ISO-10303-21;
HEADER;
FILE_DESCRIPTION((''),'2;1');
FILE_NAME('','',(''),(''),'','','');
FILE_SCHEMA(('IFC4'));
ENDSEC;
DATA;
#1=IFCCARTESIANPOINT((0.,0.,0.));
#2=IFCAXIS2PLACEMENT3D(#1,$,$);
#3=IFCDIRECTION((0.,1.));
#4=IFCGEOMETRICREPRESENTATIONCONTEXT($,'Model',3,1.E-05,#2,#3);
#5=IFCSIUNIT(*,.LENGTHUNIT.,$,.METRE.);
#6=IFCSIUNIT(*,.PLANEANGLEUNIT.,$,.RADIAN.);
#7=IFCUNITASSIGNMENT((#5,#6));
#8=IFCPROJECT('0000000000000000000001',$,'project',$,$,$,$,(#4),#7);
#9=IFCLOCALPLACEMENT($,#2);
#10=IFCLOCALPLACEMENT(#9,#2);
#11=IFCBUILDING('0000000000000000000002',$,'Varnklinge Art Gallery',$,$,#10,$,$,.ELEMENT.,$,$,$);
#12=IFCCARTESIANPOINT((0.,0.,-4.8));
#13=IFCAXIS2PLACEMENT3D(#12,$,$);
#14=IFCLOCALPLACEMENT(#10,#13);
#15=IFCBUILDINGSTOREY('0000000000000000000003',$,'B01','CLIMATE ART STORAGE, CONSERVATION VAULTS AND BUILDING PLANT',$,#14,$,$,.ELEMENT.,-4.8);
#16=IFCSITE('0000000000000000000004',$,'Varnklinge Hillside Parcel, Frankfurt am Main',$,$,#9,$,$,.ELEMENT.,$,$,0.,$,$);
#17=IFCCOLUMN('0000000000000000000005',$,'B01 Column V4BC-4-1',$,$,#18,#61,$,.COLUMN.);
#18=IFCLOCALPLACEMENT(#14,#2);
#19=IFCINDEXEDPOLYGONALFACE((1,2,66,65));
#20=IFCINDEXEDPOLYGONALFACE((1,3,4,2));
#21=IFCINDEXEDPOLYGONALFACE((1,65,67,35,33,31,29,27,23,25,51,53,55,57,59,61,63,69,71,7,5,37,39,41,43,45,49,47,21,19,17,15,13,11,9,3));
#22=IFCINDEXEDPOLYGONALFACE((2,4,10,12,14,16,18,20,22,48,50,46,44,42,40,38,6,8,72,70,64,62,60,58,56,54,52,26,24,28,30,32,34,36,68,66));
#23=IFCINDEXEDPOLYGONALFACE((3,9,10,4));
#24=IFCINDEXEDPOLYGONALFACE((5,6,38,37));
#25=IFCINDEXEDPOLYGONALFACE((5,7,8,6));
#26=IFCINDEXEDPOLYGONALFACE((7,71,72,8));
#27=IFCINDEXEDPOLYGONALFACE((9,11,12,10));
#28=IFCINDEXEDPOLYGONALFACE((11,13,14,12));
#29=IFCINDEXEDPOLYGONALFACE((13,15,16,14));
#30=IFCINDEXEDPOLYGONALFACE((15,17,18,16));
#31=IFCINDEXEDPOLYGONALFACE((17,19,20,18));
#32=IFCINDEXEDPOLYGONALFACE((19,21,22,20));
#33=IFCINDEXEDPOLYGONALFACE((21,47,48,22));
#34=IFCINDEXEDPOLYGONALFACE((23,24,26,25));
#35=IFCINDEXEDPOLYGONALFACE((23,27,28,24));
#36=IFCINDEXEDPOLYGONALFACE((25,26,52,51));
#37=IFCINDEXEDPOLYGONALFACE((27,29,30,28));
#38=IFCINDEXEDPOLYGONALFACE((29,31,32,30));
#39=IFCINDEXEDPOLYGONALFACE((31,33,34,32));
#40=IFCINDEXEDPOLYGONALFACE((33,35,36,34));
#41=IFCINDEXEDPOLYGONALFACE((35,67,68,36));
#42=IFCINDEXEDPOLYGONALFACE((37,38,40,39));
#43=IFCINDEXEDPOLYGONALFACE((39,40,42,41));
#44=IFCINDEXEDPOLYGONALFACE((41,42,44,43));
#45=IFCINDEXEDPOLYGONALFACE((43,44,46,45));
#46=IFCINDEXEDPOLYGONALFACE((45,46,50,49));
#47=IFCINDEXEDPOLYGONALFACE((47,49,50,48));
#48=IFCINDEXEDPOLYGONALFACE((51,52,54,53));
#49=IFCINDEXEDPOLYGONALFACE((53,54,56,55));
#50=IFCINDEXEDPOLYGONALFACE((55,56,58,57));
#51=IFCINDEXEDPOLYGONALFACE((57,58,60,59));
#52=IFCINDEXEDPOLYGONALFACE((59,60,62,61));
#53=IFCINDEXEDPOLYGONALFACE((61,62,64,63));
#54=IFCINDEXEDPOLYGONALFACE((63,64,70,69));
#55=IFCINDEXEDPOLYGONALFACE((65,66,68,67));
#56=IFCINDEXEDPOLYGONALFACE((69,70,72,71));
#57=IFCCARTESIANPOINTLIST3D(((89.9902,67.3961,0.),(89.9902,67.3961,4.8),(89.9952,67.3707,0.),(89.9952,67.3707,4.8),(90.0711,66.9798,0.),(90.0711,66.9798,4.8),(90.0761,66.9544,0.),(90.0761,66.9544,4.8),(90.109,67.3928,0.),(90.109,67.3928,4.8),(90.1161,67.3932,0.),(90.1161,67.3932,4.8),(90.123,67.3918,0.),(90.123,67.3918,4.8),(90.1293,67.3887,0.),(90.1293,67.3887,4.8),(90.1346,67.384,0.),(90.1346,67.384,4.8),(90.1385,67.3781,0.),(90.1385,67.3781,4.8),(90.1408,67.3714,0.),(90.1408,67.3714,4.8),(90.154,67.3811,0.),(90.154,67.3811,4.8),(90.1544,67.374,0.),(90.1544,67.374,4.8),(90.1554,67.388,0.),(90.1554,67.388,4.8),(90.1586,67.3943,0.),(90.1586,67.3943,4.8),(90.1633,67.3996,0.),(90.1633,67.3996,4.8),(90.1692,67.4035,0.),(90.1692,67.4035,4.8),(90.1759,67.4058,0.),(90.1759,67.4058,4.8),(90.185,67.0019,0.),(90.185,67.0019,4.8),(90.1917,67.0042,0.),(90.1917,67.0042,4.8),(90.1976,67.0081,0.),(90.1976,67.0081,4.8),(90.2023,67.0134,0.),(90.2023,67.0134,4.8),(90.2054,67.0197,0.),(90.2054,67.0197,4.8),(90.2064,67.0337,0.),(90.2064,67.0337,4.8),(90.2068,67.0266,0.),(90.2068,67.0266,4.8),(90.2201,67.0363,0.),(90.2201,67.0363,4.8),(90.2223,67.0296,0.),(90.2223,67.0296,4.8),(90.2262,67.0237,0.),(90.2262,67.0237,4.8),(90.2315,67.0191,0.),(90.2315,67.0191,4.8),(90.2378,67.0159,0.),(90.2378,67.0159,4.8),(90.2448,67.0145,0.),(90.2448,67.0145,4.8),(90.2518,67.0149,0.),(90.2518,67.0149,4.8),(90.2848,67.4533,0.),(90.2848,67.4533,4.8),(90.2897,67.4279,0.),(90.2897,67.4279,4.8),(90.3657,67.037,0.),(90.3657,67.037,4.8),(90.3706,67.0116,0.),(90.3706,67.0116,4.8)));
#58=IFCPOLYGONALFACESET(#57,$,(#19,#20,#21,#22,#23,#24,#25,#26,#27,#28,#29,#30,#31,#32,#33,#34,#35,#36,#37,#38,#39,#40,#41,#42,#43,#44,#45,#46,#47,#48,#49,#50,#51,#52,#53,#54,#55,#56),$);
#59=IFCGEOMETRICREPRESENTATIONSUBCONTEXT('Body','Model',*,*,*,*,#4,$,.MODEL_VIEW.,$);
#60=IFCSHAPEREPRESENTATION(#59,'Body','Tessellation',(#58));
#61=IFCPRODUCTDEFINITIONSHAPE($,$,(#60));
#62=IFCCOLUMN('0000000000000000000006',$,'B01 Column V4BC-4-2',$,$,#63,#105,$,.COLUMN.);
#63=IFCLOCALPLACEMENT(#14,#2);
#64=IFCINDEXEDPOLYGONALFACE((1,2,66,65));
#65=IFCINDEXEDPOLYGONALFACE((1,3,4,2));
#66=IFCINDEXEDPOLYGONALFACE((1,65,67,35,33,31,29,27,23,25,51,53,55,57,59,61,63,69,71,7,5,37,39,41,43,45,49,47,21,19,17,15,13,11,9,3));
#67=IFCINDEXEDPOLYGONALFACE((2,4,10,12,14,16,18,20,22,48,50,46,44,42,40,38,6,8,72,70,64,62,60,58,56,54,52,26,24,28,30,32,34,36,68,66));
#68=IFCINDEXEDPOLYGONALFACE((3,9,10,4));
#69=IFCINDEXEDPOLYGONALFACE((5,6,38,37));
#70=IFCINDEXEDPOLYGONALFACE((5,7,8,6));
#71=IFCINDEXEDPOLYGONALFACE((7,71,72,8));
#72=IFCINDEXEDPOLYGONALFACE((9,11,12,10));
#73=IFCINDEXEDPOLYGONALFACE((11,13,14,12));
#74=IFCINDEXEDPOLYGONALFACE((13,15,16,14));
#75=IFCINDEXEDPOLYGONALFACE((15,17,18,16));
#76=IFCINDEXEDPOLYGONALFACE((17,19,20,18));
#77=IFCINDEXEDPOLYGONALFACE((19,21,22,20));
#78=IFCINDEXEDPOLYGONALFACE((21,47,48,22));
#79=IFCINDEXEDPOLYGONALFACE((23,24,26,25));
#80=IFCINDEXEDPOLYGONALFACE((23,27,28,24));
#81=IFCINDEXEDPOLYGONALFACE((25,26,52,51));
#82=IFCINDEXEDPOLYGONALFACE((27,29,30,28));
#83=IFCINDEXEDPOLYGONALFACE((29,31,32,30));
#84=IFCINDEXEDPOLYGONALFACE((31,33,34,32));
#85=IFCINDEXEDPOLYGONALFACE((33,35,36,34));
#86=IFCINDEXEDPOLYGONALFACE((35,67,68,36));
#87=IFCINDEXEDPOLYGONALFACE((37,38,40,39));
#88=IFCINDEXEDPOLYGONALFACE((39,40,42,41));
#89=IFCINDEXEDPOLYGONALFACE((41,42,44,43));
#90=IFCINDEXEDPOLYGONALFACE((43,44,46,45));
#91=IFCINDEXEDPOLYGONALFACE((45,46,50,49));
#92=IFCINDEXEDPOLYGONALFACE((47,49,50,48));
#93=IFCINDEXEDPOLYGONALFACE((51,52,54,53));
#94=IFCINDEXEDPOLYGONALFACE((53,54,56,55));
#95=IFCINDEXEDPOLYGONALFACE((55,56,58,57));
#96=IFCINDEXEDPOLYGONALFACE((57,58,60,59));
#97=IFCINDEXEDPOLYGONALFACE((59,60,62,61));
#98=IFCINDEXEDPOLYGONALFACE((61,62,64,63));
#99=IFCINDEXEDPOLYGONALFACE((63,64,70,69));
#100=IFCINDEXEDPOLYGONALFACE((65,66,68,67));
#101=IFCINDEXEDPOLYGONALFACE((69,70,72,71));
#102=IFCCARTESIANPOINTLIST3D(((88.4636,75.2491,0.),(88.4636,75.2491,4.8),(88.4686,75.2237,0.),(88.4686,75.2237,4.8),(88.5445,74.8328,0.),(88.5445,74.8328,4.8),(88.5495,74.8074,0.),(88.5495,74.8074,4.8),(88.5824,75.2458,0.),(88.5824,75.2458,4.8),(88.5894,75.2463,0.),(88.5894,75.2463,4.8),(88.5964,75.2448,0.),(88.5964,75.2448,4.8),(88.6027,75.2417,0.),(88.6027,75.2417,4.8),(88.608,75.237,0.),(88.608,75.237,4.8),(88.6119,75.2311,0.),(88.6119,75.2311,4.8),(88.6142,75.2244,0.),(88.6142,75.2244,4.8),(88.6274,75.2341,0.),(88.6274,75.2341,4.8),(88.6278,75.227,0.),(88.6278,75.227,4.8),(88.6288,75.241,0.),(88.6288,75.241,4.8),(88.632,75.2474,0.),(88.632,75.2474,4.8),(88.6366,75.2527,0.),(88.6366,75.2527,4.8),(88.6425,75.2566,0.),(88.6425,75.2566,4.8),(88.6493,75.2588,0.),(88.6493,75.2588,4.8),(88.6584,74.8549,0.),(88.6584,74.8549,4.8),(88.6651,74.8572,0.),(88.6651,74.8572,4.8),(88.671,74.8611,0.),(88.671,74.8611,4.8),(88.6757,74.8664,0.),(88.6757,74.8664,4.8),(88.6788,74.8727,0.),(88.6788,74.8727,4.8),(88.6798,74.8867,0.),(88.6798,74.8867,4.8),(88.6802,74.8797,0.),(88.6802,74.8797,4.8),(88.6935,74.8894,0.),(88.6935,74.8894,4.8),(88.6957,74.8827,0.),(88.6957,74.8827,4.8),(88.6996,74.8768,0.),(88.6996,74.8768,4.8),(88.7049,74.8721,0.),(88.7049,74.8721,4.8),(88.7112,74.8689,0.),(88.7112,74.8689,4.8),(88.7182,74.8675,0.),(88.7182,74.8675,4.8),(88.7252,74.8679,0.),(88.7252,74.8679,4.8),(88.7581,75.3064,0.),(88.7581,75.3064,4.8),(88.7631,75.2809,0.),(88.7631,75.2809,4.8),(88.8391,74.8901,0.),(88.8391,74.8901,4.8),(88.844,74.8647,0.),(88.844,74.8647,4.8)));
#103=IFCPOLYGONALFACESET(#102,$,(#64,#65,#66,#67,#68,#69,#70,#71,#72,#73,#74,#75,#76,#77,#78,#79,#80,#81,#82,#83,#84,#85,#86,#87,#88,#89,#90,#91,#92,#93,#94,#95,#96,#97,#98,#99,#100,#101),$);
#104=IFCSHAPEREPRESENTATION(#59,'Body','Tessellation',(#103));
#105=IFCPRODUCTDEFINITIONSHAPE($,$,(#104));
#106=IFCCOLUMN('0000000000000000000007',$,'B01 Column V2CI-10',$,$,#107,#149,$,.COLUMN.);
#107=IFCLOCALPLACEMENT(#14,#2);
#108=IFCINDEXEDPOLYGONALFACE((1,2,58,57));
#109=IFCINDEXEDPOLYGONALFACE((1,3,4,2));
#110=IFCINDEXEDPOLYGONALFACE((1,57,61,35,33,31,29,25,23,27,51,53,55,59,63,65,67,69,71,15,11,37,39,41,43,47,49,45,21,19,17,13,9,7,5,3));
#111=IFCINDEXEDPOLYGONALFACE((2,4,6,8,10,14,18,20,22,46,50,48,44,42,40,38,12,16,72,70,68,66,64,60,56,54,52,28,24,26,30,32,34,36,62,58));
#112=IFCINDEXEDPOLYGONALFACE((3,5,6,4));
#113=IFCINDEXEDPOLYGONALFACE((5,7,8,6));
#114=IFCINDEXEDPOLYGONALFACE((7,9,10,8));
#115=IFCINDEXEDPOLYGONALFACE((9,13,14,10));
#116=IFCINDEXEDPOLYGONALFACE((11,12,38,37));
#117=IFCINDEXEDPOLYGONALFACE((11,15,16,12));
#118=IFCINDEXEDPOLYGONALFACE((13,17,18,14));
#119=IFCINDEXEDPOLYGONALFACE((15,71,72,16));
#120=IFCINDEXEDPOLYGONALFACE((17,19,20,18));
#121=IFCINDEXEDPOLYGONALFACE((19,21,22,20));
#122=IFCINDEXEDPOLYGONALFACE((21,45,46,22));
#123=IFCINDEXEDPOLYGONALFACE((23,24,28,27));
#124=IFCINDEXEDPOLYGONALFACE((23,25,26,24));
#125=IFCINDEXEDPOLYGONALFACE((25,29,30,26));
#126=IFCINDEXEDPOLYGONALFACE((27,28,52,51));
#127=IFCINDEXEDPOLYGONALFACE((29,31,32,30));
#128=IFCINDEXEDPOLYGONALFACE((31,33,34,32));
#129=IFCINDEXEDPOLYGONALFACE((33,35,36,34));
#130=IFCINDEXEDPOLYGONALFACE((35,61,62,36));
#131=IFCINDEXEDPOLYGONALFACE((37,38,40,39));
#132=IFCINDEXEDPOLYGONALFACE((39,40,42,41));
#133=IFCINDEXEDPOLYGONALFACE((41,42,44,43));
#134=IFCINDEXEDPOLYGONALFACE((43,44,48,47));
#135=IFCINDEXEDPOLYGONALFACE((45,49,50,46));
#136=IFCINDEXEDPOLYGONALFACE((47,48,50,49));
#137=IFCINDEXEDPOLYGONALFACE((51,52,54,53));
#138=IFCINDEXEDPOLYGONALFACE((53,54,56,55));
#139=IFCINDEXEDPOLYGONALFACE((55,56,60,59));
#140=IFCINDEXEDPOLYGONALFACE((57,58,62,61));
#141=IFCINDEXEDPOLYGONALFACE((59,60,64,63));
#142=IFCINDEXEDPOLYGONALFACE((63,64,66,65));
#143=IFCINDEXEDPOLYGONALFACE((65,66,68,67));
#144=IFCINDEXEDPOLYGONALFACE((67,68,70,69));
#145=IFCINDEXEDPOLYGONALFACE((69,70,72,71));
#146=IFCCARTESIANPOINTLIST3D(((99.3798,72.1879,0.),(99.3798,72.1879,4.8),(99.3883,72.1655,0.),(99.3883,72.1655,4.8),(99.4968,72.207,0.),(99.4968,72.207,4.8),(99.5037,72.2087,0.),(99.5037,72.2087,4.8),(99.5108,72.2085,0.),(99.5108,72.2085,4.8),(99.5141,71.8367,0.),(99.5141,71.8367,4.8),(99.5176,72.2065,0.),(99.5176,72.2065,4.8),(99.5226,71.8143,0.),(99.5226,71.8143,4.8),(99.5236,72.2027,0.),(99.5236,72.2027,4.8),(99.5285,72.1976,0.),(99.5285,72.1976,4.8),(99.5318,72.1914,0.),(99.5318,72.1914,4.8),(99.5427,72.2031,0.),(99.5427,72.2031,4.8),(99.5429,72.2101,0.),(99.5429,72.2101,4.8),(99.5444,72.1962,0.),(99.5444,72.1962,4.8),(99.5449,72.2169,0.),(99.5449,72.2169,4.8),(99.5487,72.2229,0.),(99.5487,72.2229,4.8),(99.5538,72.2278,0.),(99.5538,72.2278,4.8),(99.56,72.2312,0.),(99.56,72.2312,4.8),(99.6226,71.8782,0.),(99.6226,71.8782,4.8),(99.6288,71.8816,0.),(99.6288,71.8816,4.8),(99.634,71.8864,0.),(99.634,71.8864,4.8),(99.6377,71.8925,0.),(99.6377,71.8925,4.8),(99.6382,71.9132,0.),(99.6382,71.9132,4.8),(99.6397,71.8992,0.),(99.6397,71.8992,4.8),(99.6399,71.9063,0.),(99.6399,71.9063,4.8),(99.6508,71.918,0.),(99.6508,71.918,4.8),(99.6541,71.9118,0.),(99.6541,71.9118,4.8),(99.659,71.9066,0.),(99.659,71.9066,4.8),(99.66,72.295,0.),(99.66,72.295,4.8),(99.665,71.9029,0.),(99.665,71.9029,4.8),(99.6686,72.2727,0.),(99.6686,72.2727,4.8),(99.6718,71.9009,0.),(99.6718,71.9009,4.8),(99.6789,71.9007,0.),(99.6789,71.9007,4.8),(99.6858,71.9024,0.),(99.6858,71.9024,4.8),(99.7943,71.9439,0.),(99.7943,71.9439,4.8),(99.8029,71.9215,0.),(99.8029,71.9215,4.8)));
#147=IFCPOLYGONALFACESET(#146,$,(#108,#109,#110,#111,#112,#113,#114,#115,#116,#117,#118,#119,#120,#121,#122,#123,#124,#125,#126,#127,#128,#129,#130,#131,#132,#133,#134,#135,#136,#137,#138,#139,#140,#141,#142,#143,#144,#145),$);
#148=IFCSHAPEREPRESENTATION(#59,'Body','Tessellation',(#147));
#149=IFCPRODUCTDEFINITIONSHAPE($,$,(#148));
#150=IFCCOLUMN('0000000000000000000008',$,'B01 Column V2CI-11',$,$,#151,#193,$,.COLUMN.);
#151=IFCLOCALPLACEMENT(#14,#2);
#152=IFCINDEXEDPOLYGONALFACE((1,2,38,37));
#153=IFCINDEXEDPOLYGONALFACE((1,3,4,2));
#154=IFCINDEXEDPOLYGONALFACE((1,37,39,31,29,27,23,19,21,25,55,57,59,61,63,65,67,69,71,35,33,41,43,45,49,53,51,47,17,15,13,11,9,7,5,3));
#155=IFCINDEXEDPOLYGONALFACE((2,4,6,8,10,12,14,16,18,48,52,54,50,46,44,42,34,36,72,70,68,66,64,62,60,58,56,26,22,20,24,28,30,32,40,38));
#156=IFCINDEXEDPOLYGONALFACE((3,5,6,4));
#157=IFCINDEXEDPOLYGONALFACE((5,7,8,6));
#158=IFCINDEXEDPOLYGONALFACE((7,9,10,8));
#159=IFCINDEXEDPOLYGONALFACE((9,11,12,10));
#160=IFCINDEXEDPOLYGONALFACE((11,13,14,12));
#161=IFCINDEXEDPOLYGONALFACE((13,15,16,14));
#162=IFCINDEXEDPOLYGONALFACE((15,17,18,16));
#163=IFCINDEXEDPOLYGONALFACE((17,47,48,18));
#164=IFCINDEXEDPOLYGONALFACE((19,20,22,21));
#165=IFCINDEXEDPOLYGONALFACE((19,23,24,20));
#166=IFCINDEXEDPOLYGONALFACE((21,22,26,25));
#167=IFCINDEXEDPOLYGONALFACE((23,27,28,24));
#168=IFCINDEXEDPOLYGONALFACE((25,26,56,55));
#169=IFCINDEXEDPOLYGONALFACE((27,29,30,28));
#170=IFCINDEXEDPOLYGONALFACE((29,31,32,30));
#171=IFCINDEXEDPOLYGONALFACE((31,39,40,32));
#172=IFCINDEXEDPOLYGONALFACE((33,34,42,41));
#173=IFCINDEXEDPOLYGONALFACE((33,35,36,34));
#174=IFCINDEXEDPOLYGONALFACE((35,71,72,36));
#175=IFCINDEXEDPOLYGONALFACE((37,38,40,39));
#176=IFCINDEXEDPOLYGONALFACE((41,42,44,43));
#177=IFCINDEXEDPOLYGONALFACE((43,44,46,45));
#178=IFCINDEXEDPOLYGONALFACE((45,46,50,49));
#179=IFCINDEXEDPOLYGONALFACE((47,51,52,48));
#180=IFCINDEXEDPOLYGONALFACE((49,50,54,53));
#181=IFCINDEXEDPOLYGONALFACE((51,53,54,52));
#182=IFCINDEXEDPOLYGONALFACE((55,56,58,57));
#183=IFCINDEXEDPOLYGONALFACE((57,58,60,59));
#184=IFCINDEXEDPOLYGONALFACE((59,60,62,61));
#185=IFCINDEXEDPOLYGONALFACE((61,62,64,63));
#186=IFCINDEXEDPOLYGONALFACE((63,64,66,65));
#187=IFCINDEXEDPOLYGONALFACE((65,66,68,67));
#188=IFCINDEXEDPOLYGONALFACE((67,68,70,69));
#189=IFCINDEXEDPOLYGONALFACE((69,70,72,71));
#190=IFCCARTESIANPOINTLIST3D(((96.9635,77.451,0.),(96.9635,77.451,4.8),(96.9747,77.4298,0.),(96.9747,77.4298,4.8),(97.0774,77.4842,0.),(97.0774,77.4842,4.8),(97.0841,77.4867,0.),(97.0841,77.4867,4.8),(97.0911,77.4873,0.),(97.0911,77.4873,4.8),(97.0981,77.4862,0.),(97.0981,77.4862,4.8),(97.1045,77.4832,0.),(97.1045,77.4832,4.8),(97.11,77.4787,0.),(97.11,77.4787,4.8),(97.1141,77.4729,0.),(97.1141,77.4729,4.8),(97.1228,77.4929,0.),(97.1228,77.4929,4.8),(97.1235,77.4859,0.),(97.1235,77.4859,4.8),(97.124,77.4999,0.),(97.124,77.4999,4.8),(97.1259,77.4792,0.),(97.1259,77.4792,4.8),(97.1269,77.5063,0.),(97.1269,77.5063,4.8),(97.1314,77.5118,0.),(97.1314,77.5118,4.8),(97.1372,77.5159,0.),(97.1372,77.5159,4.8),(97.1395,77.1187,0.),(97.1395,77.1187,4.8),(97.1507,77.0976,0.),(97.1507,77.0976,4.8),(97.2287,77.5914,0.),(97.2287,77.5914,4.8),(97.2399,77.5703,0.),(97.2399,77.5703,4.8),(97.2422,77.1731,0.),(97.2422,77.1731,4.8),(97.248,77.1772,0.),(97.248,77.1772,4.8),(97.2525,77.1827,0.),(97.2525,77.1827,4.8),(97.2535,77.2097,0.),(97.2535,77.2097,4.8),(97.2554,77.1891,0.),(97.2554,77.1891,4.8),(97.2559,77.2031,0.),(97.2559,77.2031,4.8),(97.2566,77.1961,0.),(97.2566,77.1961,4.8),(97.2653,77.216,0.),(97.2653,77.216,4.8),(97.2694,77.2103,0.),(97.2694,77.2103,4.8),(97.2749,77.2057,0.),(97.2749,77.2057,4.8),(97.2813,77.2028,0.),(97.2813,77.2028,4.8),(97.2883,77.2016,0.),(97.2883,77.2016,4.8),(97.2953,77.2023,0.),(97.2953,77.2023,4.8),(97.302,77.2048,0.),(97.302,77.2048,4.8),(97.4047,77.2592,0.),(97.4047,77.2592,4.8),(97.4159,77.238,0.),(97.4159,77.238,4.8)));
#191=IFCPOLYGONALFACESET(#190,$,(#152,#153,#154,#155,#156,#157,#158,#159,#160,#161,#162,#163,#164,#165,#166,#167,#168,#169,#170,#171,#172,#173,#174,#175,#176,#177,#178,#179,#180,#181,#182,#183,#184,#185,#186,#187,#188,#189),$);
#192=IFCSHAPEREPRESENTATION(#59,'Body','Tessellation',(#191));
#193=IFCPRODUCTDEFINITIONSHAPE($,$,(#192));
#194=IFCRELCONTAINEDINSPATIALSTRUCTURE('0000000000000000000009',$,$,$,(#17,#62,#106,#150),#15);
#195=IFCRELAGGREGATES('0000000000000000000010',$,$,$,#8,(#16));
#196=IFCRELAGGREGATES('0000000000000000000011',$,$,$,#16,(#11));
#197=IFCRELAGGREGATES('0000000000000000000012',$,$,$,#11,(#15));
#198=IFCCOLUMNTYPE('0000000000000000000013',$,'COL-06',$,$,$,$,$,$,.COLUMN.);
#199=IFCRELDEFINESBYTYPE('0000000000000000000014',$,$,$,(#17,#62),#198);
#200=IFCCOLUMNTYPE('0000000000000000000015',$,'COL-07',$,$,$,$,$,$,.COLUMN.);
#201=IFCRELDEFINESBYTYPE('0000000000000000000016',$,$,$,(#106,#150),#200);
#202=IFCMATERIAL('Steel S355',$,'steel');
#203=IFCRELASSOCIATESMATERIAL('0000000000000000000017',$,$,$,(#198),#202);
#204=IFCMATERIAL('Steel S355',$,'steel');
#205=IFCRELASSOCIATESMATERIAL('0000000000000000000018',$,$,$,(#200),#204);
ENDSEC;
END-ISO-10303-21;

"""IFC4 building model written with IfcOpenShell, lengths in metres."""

from ifc_helpers import new_model, si_unit, direction, frame, origin, origin_2d, place, context, subcontext, project, spatial, i_section, extrude, material, material_profile, profile_set, type_object, element, save


model = new_model("IFC4")

# Units and contexts
model_context = context("Model", 3, precision=1e-05, world=origin(), true_north=direction((0.0, 1.0)))
body_context = subcontext(model_context, "Body", "Model", "MODEL_VIEW")
ifc_project = project(units=[si_unit("LENGTHUNIT", "METRE"), si_unit("PLANEANGLEUNIT", "RADIAN")], contexts=[model_context])

# Site, building, storey
site_placement = place(None, origin())
site = spatial("IfcSite", under=ifc_project, at=site_placement, Name="Varnklinge Hillside Parcel, Frankfurt am Main", CompositionType="ELEMENT", RefElevation=0.0)
building_placement = place(site_placement, origin())
building = spatial("IfcBuilding", under=site, at=building_placement, Name="Varnklinge Art Gallery", CompositionType="ELEMENT")
storey_placement = place(building_placement, frame((0.0, 0.0, -4.8)))
storey = spatial("IfcBuildingStorey", under=building, at=storey_placement, Name="B01", Description="CLIMATE ART STORAGE, CONSERVATION VAULTS AND BUILDING PLANT", CompositionType="ELEMENT", Elevation=-4.8)

# Columns
ifc_material_1 = material(Name="Steel S355", Category="steel")
ifc_material_profile_1 = material_profile(ifc_material_1, i_section(OverallWidth=0.3, OverallDepth=0.45, WebThickness=0.0139, FlangeThickness=0.0259, FilletRadius=0.0271, at=origin_2d()), Name="HEB 450")
ifc_profile_set_1 = profile_set([ifc_material_profile_1], Name="Steel S355")
column_type_1 = type_object("IfcColumnType", Name="COL-06", PredefinedType="COLUMN", material=ifc_profile_set_1)
for number, where, z_axis, x_axis, name in (
    (1, (90.1804, 67.2039, 0.0), (0.0, 0.0, 1.0), (0.981627, 0.190809, 0.0), "B01 Column V4BC-4-1"),
    (2, (88.6538, 75.0569, 0.0), (0.0, 0.0, 1.0), (0.981627, 0.190809, 0.0), "B01 Column V4BC-4-2"),
):
    element("IfcColumn", number, at=place(storey_placement, frame(where, z_axis=z_axis, x_axis=x_axis)), inside=storey, type_object=column_type_1, Name=name, PredefinedType="COLUMN", context=body_context, shape_type="SweptSolid", body=[
        extrude(i_section(OverallWidth=0.3, OverallDepth=0.45, WebThickness=0.0139, FlangeThickness=0.0259, FilletRadius=0.0271, at=origin_2d()), origin(), (0.0, 0.0, 1.0), 4.8),
    ])
ifc_material_2 = material(Name="Steel S355", Category="steel")
ifc_material_profile_2 = material_profile(ifc_material_2, i_section(OverallWidth=0.3, OverallDepth=0.3999, WebThickness=0.0134, FlangeThickness=0.0239, FilletRadius=0.0271, at=origin_2d()), Name="HEB 400")
ifc_profile_set_2 = profile_set([ifc_material_profile_2], Name="Steel S355")
column_type_2 = type_object("IfcColumnType", Name="COL-07", PredefinedType="COLUMN", material=ifc_profile_set_2)
for number, where, z_axis, x_axis, name in (
    (3, (99.5913, 72.0547, 0.0), (0.0, 0.0, 1.0), (-0.934018, -0.357227, 0.0), "B01 Column V2CI-10"),
    (4, (97.1897, 77.3445, 0.0), (0.0, 0.0, 1.0), (-0.883684, -0.468084, 0.0), "B01 Column V2CI-11"),
):
    element("IfcColumn", number, at=place(storey_placement, frame(where, z_axis=z_axis, x_axis=x_axis)), inside=storey, type_object=column_type_2, Name=name, PredefinedType="COLUMN", context=body_context, shape_type="SweptSolid", body=[
        extrude(i_section(OverallWidth=0.3, OverallDepth=0.3999, WebThickness=0.0134, FlangeThickness=0.0239, FilletRadius=0.0271, at=origin_2d()), origin(), (0.0, 0.0, 1.0), 4.8),
    ])

save(model, "model.ifc")
